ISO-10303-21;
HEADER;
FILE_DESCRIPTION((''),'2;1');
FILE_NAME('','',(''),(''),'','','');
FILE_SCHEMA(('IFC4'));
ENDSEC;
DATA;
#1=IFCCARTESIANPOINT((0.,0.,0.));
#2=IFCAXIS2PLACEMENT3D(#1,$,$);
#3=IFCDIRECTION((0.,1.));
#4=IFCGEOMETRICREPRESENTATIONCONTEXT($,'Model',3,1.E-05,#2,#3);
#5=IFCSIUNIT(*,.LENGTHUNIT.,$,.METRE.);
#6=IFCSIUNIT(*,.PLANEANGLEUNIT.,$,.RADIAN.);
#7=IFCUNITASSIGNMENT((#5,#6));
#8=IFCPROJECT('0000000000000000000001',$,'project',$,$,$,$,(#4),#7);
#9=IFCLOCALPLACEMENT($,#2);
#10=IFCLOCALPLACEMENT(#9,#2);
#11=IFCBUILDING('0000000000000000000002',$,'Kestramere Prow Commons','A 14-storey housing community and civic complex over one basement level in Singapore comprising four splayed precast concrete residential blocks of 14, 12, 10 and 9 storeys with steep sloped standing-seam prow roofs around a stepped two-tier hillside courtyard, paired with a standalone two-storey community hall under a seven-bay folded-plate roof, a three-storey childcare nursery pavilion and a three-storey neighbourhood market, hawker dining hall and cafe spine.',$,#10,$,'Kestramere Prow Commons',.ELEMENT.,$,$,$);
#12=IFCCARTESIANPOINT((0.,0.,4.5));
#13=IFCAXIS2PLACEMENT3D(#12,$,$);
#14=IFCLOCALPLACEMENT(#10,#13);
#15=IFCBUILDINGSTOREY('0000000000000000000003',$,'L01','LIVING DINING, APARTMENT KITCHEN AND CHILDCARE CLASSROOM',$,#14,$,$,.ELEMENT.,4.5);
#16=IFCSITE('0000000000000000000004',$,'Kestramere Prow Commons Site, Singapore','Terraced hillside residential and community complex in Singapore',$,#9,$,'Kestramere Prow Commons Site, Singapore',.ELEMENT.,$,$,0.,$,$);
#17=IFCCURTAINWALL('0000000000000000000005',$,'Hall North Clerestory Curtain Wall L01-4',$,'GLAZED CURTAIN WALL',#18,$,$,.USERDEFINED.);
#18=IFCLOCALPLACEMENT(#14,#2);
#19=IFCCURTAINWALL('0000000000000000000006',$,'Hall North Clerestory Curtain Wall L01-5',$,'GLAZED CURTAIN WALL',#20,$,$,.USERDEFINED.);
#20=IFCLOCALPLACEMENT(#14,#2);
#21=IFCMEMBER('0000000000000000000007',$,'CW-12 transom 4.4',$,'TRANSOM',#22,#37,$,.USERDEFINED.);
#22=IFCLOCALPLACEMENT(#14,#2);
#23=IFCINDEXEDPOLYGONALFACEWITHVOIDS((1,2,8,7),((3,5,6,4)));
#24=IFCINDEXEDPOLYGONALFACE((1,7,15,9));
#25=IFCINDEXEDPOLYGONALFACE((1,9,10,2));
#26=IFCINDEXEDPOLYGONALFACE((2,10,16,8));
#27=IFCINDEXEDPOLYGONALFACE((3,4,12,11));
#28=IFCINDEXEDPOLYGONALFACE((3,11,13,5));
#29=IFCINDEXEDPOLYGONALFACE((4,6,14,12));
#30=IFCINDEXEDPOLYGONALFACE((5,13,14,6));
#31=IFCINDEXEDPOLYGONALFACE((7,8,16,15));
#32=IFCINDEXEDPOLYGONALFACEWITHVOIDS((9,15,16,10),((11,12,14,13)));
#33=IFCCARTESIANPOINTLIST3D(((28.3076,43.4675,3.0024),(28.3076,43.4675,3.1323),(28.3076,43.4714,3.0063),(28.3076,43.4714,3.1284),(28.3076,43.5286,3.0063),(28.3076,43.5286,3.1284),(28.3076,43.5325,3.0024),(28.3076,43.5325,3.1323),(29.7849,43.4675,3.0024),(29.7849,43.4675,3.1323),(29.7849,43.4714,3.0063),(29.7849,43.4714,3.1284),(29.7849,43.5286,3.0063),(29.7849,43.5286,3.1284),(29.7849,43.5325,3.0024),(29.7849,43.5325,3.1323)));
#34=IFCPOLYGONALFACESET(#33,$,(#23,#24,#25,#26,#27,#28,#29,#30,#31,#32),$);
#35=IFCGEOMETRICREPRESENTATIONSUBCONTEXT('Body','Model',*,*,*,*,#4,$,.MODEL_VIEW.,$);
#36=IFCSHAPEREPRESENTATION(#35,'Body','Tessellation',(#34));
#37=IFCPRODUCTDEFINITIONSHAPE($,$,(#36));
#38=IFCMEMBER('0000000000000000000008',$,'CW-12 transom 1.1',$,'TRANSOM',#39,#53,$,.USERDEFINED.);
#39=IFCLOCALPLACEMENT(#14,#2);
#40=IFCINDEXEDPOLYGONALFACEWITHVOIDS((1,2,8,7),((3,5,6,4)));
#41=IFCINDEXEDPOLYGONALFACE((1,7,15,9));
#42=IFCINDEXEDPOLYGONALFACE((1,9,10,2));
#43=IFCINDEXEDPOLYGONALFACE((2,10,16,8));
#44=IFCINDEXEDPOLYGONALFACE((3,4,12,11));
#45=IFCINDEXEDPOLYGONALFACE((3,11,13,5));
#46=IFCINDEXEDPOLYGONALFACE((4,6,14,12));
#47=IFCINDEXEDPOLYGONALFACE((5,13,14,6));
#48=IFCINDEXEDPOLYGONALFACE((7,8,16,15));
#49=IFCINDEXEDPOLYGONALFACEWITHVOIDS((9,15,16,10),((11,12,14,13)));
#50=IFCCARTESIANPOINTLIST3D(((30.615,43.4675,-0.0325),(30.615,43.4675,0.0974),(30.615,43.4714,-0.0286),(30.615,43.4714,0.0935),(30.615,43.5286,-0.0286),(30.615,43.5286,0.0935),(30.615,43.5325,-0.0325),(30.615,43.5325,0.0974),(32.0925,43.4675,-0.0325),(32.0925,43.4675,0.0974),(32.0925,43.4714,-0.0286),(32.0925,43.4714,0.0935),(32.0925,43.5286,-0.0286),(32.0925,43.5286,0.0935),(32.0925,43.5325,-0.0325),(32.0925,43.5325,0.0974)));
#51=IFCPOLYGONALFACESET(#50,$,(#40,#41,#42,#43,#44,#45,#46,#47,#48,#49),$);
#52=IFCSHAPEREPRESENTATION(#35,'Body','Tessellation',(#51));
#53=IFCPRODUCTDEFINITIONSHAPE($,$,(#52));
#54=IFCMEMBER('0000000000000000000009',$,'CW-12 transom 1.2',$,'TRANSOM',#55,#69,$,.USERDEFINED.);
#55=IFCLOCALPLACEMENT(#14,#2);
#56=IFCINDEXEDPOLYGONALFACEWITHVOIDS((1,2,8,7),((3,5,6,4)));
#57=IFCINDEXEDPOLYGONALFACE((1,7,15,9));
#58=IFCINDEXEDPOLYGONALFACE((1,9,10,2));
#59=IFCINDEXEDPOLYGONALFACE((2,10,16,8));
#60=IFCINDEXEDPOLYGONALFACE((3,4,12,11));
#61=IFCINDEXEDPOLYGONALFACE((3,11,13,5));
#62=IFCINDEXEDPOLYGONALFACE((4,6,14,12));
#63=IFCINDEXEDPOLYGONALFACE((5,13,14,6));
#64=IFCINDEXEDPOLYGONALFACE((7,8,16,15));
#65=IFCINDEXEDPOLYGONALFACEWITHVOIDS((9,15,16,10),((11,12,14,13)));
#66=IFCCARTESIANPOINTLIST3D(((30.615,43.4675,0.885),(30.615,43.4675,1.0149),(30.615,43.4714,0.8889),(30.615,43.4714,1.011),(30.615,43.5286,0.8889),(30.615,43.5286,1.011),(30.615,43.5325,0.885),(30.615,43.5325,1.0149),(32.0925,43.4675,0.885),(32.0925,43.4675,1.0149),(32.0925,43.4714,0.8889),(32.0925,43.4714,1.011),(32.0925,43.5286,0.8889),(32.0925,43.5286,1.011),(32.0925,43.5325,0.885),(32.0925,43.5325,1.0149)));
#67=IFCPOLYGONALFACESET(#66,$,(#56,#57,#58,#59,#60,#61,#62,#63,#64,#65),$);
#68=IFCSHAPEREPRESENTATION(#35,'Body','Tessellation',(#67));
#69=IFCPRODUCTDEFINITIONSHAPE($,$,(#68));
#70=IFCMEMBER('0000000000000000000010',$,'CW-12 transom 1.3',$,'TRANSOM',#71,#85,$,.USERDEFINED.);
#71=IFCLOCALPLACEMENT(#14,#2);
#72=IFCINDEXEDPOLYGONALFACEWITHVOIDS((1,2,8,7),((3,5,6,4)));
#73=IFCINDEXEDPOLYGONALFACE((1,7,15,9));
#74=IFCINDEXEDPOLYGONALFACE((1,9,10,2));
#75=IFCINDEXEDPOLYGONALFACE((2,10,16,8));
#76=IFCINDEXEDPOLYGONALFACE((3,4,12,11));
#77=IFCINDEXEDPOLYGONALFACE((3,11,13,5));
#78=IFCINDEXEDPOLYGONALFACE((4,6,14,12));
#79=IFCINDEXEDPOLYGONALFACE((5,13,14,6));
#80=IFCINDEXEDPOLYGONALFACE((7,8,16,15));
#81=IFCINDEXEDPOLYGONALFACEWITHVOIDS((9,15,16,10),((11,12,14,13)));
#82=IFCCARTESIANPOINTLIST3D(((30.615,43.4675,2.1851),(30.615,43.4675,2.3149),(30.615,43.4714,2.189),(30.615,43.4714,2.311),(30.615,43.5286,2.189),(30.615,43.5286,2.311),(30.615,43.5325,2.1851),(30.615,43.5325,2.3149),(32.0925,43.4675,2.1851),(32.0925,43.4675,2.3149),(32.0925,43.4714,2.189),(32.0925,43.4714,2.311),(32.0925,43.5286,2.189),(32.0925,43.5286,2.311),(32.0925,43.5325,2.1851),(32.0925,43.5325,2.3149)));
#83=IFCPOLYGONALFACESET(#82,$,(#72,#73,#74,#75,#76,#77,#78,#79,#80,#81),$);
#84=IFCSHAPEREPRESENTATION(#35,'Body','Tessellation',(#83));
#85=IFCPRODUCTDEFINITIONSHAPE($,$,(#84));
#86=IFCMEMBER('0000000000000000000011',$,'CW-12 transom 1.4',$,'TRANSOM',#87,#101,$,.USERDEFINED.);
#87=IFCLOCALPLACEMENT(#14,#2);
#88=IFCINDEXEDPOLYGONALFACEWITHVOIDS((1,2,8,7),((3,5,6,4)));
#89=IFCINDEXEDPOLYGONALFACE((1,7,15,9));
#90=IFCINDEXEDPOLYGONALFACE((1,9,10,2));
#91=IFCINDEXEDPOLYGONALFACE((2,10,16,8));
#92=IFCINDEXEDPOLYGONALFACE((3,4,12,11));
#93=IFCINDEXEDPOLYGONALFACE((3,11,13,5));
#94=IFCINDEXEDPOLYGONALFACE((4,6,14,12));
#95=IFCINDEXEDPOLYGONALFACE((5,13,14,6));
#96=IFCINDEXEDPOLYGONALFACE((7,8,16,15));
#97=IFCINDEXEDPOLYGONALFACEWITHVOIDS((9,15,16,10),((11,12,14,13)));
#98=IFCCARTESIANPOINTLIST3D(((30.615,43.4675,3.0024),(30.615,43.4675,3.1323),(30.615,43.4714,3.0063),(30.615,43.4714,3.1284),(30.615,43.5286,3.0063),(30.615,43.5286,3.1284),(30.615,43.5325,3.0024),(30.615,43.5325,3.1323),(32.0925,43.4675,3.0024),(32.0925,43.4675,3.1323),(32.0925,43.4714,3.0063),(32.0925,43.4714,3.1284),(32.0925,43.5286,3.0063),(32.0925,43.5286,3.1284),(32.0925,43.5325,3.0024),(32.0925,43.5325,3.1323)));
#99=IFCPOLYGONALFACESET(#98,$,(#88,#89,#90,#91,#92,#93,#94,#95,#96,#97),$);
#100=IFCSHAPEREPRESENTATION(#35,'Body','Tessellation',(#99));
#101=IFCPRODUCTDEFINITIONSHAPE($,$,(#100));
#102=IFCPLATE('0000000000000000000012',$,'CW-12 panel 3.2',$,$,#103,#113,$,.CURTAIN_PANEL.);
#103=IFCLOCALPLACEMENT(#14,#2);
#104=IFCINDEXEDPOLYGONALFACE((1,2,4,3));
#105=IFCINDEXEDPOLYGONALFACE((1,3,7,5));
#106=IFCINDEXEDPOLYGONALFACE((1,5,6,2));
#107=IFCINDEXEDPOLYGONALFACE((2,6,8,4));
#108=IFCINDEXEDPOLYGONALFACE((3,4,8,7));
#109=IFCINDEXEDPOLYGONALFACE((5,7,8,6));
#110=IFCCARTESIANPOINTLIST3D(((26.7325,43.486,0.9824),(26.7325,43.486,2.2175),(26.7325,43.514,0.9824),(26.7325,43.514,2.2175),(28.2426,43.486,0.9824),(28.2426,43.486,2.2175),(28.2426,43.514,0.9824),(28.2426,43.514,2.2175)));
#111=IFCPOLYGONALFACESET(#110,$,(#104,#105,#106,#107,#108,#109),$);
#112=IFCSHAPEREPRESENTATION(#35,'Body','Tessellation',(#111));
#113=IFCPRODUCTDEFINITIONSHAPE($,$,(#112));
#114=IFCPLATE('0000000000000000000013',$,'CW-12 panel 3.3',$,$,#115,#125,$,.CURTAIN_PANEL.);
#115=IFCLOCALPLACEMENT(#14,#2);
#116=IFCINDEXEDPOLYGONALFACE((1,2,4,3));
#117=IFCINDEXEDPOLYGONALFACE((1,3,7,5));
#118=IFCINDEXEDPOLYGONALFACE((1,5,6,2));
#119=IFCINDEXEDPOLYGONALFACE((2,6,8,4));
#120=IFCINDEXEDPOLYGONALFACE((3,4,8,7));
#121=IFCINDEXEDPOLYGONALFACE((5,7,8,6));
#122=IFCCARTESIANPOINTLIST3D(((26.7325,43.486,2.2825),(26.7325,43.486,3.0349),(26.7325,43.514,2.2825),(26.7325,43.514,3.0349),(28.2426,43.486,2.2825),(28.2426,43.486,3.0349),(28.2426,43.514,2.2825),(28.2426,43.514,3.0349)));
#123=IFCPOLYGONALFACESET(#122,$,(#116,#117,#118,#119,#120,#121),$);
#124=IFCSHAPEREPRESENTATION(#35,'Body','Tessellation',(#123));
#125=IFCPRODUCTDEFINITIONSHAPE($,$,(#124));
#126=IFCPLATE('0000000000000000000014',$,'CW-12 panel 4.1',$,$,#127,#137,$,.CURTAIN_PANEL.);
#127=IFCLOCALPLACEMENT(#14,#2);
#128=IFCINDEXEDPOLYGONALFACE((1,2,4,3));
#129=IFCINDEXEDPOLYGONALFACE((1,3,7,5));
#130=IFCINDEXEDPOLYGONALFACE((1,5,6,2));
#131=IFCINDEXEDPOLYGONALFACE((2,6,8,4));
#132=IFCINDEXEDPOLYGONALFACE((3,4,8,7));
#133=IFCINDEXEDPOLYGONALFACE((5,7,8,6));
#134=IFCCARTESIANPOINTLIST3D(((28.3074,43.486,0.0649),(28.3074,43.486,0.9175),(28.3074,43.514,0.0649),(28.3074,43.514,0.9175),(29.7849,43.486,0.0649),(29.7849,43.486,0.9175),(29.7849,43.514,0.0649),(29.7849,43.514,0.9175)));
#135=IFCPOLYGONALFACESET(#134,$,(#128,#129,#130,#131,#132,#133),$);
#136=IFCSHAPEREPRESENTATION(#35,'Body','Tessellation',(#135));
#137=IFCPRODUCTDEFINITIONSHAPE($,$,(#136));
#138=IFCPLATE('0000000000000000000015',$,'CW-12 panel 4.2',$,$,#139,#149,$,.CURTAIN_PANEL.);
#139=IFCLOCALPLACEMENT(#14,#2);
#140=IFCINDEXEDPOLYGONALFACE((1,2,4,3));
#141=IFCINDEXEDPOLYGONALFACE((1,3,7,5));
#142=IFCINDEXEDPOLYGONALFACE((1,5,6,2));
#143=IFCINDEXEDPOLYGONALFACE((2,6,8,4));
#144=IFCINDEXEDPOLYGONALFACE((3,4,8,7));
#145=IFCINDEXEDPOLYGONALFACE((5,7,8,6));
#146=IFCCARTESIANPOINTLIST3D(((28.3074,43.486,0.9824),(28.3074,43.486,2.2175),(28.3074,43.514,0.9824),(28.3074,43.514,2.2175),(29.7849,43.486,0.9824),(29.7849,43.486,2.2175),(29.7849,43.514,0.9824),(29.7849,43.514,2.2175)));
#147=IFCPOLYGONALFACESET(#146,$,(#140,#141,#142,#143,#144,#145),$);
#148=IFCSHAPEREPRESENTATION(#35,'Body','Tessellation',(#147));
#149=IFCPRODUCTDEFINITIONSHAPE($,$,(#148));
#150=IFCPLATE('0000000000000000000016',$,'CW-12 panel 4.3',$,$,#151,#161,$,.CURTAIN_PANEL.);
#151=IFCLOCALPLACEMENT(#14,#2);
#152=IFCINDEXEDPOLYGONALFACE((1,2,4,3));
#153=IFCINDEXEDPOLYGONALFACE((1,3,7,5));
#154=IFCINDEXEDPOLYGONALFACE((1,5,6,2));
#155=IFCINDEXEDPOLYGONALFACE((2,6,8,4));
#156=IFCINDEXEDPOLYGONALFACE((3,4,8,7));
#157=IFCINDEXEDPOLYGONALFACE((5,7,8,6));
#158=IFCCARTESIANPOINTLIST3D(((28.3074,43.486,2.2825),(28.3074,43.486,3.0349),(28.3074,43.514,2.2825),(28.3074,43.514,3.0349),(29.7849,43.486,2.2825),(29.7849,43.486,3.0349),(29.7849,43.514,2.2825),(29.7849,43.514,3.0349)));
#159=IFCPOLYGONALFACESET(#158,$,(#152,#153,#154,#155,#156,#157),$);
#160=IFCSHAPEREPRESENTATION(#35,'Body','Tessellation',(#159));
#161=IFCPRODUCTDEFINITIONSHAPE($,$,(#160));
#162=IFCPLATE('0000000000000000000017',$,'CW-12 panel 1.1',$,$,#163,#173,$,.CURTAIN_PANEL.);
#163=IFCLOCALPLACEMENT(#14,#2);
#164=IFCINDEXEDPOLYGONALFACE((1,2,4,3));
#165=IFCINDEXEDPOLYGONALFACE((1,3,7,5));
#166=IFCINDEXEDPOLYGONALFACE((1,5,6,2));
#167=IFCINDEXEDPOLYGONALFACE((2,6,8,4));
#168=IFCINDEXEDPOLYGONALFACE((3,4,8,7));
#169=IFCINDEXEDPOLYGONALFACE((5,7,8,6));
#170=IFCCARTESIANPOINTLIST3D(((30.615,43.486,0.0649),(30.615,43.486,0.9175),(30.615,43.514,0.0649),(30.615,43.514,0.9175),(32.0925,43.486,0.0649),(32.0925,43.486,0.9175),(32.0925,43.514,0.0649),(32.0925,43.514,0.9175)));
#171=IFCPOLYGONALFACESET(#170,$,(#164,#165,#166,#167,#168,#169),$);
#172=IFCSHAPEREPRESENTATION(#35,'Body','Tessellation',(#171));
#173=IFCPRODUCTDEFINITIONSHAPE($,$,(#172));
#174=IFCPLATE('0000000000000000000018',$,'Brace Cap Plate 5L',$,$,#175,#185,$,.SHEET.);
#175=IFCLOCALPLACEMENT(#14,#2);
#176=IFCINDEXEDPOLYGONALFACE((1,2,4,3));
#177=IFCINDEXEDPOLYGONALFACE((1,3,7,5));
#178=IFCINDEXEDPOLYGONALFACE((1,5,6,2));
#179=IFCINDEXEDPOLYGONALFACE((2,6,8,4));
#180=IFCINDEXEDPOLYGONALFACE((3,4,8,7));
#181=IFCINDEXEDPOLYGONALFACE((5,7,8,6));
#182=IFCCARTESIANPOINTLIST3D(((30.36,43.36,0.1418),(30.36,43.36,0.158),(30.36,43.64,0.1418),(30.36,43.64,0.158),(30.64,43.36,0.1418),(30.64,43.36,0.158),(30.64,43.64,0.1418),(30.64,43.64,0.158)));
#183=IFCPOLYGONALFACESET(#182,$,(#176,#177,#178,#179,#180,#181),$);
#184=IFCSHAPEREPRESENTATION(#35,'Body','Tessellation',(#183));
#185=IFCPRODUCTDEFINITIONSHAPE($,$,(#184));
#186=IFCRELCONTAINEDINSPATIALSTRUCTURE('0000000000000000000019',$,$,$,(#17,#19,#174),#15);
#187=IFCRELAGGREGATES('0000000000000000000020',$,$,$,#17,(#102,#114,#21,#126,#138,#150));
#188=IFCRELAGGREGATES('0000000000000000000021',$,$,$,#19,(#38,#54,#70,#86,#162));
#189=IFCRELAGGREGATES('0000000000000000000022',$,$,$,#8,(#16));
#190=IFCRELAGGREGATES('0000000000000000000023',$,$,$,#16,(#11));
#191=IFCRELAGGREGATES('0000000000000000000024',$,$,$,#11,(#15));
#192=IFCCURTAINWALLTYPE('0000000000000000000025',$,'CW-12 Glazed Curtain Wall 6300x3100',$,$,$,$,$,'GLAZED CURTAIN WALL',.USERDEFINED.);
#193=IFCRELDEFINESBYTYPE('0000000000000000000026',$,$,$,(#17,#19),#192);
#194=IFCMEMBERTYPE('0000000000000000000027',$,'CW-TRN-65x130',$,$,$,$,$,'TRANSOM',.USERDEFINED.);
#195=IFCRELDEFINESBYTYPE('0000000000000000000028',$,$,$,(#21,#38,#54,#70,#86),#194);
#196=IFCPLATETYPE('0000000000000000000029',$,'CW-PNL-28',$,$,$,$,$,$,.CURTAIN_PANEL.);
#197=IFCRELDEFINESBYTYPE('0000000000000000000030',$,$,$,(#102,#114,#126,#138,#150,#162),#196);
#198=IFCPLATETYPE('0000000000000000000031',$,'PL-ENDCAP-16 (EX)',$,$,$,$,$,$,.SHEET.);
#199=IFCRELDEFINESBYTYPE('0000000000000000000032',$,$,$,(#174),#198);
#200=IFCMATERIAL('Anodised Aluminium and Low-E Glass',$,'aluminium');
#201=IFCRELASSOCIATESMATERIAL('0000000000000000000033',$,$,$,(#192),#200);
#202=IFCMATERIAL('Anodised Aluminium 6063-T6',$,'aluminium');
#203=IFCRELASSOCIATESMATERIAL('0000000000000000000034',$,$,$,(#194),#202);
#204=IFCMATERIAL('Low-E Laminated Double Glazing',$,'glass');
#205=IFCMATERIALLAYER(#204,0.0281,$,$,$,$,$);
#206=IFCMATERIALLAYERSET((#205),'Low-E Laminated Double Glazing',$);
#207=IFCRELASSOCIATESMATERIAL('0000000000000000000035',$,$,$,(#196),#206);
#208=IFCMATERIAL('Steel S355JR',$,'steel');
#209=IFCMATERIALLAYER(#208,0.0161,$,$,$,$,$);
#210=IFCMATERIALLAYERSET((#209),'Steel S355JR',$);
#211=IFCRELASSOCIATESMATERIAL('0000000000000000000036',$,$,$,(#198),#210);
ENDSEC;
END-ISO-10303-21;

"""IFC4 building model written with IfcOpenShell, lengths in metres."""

from ifc_helpers import new_model, si_unit, direction, frame, origin, origin_2d, place, context, subcontext, project, spatial, rectangle, hollow_rectangle, extrude, material, layer, layer_set, material_profile, profile_set, type_object, element, aggregate, save


model = new_model("IFC4")

# Units and contexts
model_context = context("Model", 3, precision=1e-05, world=origin(), true_north=direction((0.0, 1.0)))
body_context = subcontext(model_context, "Body", "Model", "MODEL_VIEW")
ifc_project = project(units=[si_unit("LENGTHUNIT", "METRE"), si_unit("PLANEANGLEUNIT", "RADIAN")], contexts=[model_context])

# Site, building, storey
site_placement = place(None, origin())
site = spatial("IfcSite", under=ifc_project, at=site_placement, Name="Kestramere Prow Commons Site, Singapore", Description="Terraced hillside residential and community complex in Singapore", LongName="Kestramere Prow Commons Site, Singapore", CompositionType="ELEMENT", RefElevation=0.0)
building_placement = place(site_placement, origin())
building = spatial("IfcBuilding", under=site, at=building_placement, Name="Kestramere Prow Commons", Description="A 14-storey housing community and civic complex over one basement level in Singapore comprising four splayed precast concrete residential blocks of 14, 12, 10 and 9 storeys with steep sloped standing-seam prow roofs around a stepped two-tier hillside courtyard, paired with a standalone two-storey community hall under a seven-bay folded-plate roof, a three-storey childcare nursery pavilion and a three-storey neighbourhood market, hawker dining hall and cafe spine.", LongName="Kestramere Prow Commons", CompositionType="ELEMENT")
storey_placement = place(building_placement, frame((0.0, 0.0, 4.5)))
storey = spatial("IfcBuildingStorey", under=building, at=storey_placement, Name="L01", Description="LIVING DINING, APARTMENT KITCHEN AND CHILDCARE CLASSROOM", CompositionType="ELEMENT", Elevation=4.5)

# Shared definitions
ifc_material_1 = material(Name="Steel S355JR", Category="steel")

# Curtain wall
ifc_material_2 = material(Name="Anodised Aluminium and Low-E Glass", Category="aluminium")
curtain_wall_type = type_object("IfcCurtainWallType", Name="CW-12 Glazed Curtain Wall 6300x3100", ElementType="GLAZED CURTAIN WALL", PredefinedType="USERDEFINED", material=ifc_material_2)
curtain_wall_1_placement = place(storey_placement, origin())
curtain_wall_1 = element("IfcCurtainWall", 1, at=curtain_wall_1_placement, inside=storey, type_object=curtain_wall_type, Name="Hall North Clerestory Curtain Wall L01-4", ObjectType="GLAZED CURTAIN WALL", PredefinedType="USERDEFINED")
ifc_material_3 = material(Name="Anodised Aluminium 6063-T6", Category="aluminium")

# Curtain wall
curtain_wall_2_placement = place(storey_placement, origin())
curtain_wall_2 = element("IfcCurtainWall", 2, at=curtain_wall_2_placement, inside=storey, type_object=curtain_wall_type, Name="Hall North Clerestory Curtain Wall L01-5", ObjectType="GLAZED CURTAIN WALL", PredefinedType="USERDEFINED")

# Members
ifc_material_profile_1 = material_profile(ifc_material_3, hollow_rectangle(XDim=0.0649, YDim=0.1299, WallThickness=0.0039, at=origin_2d()), Name="ALU-TRN 65x130")
ifc_profile_set_1 = profile_set([ifc_material_profile_1], Name="Anodised Aluminium 6063-T6")
member_type_1 = type_object("IfcMemberType", Name="CW-TRN-65x130", ElementType="TRANSOM", PredefinedType="USERDEFINED", material=ifc_profile_set_1)
member_1_placement = place(storey_placement, frame((28.3076, 43.5, 3.0674), z_axis=(1.0, 0.0, 0.0), x_axis=(0.0, 1.0, 0.0)))
member_1 = element("IfcMember", 3, at=member_1_placement, type_object=member_type_1, Name="CW-12 transom 4.4", ObjectType="TRANSOM", PredefinedType="USERDEFINED", context=body_context, shape_type="SweptSolid", body=[
    extrude(hollow_rectangle(XDim=0.0649, YDim=0.1299, WallThickness=0.0039, at=origin_2d()), origin(), (0.0, 0.0, 1.0), 1.4773),
])
member_2_placement = place(storey_placement, frame((30.615, 43.5, 0.0325), z_axis=(1.0, 0.0, 0.0), x_axis=(0.0, 1.0, 0.0)))
member_2 = element("IfcMember", 4, at=member_2_placement, type_object=member_type_1, Name="CW-12 transom 1.1", ObjectType="TRANSOM", PredefinedType="USERDEFINED", context=body_context, shape_type="SweptSolid", body=[
    extrude(hollow_rectangle(XDim=0.0649, YDim=0.1299, WallThickness=0.0039, at=origin_2d()), origin(), (0.0, 0.0, 1.0), 1.4775),
])
member_3_placement = place(storey_placement, frame((30.615, 43.5, 0.95), z_axis=(1.0, 0.0, 0.0), x_axis=(0.0, 1.0, 0.0)))
member_3 = element("IfcMember", 5, at=member_3_placement, type_object=member_type_1, Name="CW-12 transom 1.2", ObjectType="TRANSOM", PredefinedType="USERDEFINED", context=body_context, shape_type="SweptSolid", body=[
    extrude(hollow_rectangle(XDim=0.0649, YDim=0.1299, WallThickness=0.0039, at=origin_2d()), origin(), (0.0, 0.0, 1.0), 1.4775),
])
member_4_placement = place(storey_placement, frame((30.615, 43.5, 2.25), z_axis=(1.0, 0.0, 0.0), x_axis=(0.0, 1.0, 0.0)))
member_4 = element("IfcMember", 6, at=member_4_placement, type_object=member_type_1, Name="CW-12 transom 1.3", ObjectType="TRANSOM", PredefinedType="USERDEFINED", context=body_context, shape_type="SweptSolid", body=[
    extrude(hollow_rectangle(XDim=0.0649, YDim=0.1299, WallThickness=0.0039, at=origin_2d()), origin(), (0.0, 0.0, 1.0), 1.4775),
])
member_5_placement = place(storey_placement, frame((30.615, 43.5, 3.0674), z_axis=(1.0, 0.0, 0.0), x_axis=(0.0, 1.0, 0.0)))
member_5 = element("IfcMember", 7, at=member_5_placement, type_object=member_type_1, Name="CW-12 transom 1.4", ObjectType="TRANSOM", PredefinedType="USERDEFINED", context=body_context, shape_type="SweptSolid", body=[
    extrude(hollow_rectangle(XDim=0.0649, YDim=0.1299, WallThickness=0.0039, at=origin_2d()), origin(), (0.0, 0.0, 1.0), 1.4775),
])

# Plates
ifc_material_4 = material(Name="Low-E Laminated Double Glazing", Category="glass")
ifc_layer_1 = layer(ifc_material_4, 0.0281)
ifc_layer_set_1 = layer_set([ifc_layer_1], Name="Low-E Laminated Double Glazing")
plate_type_1 = type_object("IfcPlateType", Name="CW-PNL-28", PredefinedType="CURTAIN_PANEL", material=ifc_layer_set_1)
plate_1_placement = place(storey_placement, frame((27.4875, 43.5, 0.9824), z_axis=(0.0, 0.0, 1.0), x_axis=(1.0, 0.0, 0.0)))
plate_1 = element("IfcPlate", 8, at=plate_1_placement, type_object=plate_type_1, Name="CW-12 panel 3.2", PredefinedType="CURTAIN_PANEL", context=body_context, shape_type="SweptSolid", body=[
    extrude(rectangle(XDim=1.51, YDim=0.0281, at=origin_2d()), origin(), (0.0, 0.0, 1.0), 1.2351),
])
plate_2_placement = place(storey_placement, frame((27.4875, 43.5, 2.2825), z_axis=(0.0, 0.0, 1.0), x_axis=(1.0, 0.0, 0.0)))
plate_2 = element("IfcPlate", 9, at=plate_2_placement, type_object=plate_type_1, Name="CW-12 panel 3.3", PredefinedType="CURTAIN_PANEL", context=body_context, shape_type="SweptSolid", body=[
    extrude(rectangle(XDim=1.51, YDim=0.0281, at=origin_2d()), origin(), (0.0, 0.0, 1.0), 0.7524),
])
plate_3_placement = place(storey_placement, frame((29.0461, 43.5, 0.0649), z_axis=(0.0, 0.0, 1.0), x_axis=(1.0, 0.0, 0.0)))
plate_3 = element("IfcPlate", 10, at=plate_3_placement, type_object=plate_type_1, Name="CW-12 panel 4.1", PredefinedType="CURTAIN_PANEL", context=body_context, shape_type="SweptSolid", body=[
    extrude(rectangle(XDim=1.4775, YDim=0.0281, at=origin_2d()), origin(), (0.0, 0.0, 1.0), 0.8525),
])
plate_4_placement = place(storey_placement, frame((29.0461, 43.5, 0.9824), z_axis=(0.0, 0.0, 1.0), x_axis=(1.0, 0.0, 0.0)))
plate_4 = element("IfcPlate", 11, at=plate_4_placement, type_object=plate_type_1, Name="CW-12 panel 4.2", PredefinedType="CURTAIN_PANEL", context=body_context, shape_type="SweptSolid", body=[
    extrude(rectangle(XDim=1.4775, YDim=0.0281, at=origin_2d()), origin(), (0.0, 0.0, 1.0), 1.2351),
])
plate_5_placement = place(storey_placement, frame((29.0461, 43.5, 2.2825), z_axis=(0.0, 0.0, 1.0), x_axis=(1.0, 0.0, 0.0)))
plate_5 = element("IfcPlate", 12, at=plate_5_placement, type_object=plate_type_1, Name="CW-12 panel 4.3", PredefinedType="CURTAIN_PANEL", context=body_context, shape_type="SweptSolid", body=[
    extrude(rectangle(XDim=1.4775, YDim=0.0281, at=origin_2d()), origin(), (0.0, 0.0, 1.0), 0.7524),
])
aggregate(curtain_wall_1, [plate_1, plate_2, member_1, plate_3, plate_4, plate_5])
plate_6_placement = place(storey_placement, frame((31.3538, 43.5, 0.0649), z_axis=(0.0, 0.0, 1.0), x_axis=(1.0, 0.0, 0.0)))
plate_6 = element("IfcPlate", 13, at=plate_6_placement, type_object=plate_type_1, Name="CW-12 panel 1.1", PredefinedType="CURTAIN_PANEL", context=body_context, shape_type="SweptSolid", body=[
    extrude(rectangle(XDim=1.4775, YDim=0.0281, at=origin_2d()), origin(), (0.0, 0.0, 1.0), 0.8525),
])
aggregate(curtain_wall_2, [member_2, member_3, member_4, member_5, plate_6])
ifc_layer_2 = layer(ifc_material_1, 0.0161)
ifc_layer_set_2 = layer_set([ifc_layer_2], Name="Steel S355JR")
plate_type_2 = type_object("IfcPlateType", Name="PL-ENDCAP-16 (EX)", PredefinedType="SHEET", material=ifc_layer_set_2)
plate_7_placement = place(storey_placement, frame((30.5, 43.5, 0.1418), z_axis=(0.0, 0.0, 1.0), x_axis=(1.0, 0.0, 0.0)))
element("IfcPlate", 14, at=plate_7_placement, inside=storey, type_object=plate_type_2, Name="Brace Cap Plate 5L", PredefinedType="SHEET", context=body_context, shape_type="SweptSolid", body=[
    extrude(rectangle(XDim=0.28, YDim=0.28, at=origin_2d()), origin(), (0.0, 0.0, 1.0), 0.0161),
])

save(model, "model.ifc")
